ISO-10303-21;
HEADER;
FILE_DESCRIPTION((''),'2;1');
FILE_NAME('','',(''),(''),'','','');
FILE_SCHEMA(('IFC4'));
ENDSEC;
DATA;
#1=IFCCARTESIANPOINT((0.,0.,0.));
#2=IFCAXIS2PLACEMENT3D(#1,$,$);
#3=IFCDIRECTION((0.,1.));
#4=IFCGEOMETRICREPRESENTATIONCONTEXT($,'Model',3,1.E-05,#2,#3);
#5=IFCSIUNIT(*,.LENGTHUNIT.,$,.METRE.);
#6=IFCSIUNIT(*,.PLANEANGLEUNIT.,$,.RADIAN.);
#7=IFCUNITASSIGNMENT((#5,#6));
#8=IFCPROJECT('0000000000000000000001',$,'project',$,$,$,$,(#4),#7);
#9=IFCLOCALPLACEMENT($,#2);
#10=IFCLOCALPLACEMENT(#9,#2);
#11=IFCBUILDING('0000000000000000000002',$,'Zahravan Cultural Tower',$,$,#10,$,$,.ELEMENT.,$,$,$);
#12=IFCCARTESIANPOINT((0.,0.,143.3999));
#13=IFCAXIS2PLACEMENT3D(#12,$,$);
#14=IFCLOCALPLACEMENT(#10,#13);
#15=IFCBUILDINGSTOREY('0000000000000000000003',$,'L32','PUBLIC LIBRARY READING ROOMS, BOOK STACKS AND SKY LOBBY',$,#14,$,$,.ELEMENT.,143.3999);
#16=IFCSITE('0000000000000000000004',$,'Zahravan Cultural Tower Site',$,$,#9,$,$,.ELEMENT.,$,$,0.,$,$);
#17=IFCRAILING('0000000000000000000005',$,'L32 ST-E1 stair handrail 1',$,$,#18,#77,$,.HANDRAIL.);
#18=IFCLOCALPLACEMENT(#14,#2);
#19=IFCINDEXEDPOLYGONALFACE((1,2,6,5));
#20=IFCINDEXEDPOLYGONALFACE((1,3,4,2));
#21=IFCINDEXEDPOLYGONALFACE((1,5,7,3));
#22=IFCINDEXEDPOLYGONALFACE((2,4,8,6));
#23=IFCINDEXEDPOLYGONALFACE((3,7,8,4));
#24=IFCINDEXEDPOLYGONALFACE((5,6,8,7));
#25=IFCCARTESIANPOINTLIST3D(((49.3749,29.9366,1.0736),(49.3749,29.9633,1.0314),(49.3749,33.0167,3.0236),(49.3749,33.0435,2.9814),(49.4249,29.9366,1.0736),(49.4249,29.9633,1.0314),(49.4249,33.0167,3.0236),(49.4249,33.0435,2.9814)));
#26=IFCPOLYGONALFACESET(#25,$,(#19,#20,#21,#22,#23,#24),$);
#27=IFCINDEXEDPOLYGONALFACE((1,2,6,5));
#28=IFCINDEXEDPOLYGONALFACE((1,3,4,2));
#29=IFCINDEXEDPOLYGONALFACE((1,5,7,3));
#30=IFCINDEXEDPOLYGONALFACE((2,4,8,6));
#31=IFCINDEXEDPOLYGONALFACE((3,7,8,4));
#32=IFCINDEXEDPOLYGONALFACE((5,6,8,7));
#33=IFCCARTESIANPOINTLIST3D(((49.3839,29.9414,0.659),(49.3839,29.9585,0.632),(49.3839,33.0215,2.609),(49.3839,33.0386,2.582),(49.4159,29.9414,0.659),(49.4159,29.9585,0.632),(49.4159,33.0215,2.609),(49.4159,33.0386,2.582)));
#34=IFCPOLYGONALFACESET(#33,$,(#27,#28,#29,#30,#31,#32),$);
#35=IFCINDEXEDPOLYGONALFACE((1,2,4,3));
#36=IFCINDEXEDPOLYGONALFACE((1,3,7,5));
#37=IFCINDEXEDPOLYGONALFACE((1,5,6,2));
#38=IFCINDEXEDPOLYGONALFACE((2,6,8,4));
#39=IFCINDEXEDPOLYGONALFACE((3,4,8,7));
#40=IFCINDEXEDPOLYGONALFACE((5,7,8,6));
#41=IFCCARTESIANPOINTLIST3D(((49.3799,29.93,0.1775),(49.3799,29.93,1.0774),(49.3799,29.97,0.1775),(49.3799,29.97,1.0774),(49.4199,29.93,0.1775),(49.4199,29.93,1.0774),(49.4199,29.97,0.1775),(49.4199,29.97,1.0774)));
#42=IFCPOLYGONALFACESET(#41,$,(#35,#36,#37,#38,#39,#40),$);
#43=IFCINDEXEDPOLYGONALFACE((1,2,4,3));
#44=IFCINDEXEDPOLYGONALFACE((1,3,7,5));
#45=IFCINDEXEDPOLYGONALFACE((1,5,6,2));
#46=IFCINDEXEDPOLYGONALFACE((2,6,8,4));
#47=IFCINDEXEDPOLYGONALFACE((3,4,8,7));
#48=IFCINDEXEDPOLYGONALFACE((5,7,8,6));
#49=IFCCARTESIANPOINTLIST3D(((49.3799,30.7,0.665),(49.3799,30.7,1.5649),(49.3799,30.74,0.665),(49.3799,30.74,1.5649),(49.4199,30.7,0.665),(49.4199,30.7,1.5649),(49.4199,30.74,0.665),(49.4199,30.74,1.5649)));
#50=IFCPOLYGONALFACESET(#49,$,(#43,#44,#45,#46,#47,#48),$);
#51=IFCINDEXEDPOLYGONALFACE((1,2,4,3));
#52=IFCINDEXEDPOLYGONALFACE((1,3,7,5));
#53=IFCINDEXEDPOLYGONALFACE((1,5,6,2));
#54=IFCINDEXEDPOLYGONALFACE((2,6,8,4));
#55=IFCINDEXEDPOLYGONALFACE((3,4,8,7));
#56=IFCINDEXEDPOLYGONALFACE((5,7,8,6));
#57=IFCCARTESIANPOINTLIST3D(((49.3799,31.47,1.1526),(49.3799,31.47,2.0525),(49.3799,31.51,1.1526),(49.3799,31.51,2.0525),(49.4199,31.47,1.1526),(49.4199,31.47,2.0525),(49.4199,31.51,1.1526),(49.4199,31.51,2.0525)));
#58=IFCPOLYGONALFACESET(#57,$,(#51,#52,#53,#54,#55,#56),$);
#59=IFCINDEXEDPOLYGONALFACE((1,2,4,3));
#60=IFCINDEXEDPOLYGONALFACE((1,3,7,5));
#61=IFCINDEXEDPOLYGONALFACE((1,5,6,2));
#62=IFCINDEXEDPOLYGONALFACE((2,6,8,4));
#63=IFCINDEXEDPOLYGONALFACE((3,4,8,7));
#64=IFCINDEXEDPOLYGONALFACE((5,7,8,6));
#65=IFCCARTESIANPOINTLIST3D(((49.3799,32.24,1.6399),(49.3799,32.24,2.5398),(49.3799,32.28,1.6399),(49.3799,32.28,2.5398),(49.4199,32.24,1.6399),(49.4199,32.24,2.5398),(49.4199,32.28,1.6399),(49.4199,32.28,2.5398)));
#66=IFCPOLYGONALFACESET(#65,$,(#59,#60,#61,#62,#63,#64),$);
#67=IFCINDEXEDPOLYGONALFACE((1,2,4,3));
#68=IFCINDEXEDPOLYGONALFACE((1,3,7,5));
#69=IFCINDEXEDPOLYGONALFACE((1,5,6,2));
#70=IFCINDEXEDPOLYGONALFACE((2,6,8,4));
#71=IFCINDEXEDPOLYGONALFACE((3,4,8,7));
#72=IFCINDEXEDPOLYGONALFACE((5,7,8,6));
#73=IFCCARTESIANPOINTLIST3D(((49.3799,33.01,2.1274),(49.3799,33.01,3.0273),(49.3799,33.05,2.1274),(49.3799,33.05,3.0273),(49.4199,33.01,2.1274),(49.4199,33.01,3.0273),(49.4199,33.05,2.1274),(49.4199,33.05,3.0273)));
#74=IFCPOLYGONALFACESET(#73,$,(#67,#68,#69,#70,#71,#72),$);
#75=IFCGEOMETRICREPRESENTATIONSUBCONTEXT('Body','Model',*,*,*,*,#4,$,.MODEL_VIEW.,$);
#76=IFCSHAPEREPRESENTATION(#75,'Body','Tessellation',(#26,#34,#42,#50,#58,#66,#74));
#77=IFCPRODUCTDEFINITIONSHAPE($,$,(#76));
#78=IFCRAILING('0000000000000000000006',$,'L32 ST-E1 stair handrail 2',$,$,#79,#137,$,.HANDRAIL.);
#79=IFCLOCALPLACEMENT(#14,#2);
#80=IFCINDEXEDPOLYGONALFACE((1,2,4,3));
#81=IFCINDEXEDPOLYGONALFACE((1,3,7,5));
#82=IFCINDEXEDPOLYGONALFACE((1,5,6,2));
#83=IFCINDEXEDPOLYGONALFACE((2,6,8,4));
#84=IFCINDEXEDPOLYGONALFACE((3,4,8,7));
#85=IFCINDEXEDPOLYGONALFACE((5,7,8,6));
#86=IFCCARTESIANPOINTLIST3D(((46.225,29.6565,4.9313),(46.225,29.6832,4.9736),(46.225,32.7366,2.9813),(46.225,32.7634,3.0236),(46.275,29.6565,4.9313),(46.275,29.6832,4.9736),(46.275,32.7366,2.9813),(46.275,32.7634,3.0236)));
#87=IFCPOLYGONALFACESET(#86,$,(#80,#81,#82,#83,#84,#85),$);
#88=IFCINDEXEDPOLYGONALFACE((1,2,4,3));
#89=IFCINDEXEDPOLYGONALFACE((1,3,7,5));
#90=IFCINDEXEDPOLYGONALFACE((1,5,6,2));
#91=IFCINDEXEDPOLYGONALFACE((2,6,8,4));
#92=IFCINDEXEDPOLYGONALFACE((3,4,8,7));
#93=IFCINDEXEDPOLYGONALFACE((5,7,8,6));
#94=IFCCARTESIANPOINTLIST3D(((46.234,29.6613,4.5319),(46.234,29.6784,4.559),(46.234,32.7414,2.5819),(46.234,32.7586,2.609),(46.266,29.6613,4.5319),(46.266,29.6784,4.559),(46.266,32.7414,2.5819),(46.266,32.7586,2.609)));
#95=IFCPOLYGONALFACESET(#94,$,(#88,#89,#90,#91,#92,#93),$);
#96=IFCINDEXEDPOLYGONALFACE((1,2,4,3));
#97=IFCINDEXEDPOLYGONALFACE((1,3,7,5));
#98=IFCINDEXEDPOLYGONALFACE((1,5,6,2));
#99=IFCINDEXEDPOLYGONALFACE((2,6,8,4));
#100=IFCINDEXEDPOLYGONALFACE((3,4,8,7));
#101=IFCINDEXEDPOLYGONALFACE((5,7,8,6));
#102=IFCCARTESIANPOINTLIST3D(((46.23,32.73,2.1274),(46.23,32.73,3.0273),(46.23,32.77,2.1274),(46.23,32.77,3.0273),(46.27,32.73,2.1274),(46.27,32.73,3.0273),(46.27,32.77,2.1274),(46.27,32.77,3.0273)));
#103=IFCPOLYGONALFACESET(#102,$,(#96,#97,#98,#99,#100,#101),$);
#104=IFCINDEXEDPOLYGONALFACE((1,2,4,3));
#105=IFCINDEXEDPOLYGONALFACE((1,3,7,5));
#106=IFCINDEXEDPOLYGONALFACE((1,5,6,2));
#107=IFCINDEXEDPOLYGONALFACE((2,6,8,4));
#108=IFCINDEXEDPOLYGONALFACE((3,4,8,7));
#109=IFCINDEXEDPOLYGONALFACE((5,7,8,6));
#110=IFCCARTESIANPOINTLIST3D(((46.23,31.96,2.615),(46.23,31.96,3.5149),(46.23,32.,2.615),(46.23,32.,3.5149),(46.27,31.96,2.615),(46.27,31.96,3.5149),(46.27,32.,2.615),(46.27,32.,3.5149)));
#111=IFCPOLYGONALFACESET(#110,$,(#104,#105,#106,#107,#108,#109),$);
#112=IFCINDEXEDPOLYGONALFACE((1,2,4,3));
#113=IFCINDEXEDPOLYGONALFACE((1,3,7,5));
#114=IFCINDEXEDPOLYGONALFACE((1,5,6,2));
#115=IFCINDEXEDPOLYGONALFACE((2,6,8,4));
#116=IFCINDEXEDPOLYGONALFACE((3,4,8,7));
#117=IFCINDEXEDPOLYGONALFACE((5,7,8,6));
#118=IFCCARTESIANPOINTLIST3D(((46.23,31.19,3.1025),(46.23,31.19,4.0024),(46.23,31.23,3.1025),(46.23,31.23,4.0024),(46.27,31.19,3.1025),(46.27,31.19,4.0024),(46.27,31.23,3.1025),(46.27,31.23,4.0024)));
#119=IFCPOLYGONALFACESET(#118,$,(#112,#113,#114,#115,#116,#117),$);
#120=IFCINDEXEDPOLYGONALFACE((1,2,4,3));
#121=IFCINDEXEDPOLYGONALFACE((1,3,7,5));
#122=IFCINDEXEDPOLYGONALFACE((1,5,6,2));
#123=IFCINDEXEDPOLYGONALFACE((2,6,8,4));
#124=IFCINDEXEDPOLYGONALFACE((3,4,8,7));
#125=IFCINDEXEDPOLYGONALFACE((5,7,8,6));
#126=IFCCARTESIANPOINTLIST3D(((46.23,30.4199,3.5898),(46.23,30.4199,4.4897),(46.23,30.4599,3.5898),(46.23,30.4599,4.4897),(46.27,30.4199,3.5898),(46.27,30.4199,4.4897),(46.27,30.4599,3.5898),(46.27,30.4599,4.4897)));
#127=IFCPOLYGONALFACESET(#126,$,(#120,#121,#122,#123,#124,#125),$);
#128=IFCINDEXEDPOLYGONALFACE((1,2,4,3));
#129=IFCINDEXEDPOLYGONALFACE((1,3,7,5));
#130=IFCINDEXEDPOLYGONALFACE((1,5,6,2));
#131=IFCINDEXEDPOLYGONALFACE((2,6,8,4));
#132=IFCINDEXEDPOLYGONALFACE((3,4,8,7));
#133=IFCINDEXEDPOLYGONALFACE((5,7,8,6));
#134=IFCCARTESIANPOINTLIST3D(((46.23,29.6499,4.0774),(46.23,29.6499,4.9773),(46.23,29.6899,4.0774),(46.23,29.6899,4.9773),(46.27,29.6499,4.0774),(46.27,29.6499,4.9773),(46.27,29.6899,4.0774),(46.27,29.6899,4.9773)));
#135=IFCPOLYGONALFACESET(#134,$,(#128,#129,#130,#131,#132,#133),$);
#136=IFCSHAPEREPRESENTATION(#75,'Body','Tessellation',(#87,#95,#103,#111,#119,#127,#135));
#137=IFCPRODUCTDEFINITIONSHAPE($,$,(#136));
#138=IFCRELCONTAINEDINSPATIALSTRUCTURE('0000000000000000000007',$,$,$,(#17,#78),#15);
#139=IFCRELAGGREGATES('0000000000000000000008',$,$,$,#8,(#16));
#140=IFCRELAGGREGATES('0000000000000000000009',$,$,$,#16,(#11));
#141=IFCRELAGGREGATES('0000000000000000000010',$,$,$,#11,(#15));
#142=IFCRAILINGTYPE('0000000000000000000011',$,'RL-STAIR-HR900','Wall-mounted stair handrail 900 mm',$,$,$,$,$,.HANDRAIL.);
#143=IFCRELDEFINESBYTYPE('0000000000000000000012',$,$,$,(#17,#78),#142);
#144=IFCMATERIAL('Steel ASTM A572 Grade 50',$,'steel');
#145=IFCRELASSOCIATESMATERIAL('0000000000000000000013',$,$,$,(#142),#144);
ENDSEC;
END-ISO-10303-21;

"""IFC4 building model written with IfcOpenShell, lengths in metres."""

from ifc_helpers import new_model, si_unit, direction, frame, origin, origin_2d, place, context, subcontext, project, spatial, rectangle, extrude, material, type_object, element, save


model = new_model("IFC4")

# Units and contexts
model_context = context("Model", 3, precision=1e-05, world=origin(), true_north=direction((0.0, 1.0)))
body_context = subcontext(model_context, "Body", "Model", "MODEL_VIEW")
ifc_project = project(units=[si_unit("LENGTHUNIT", "METRE"), si_unit("PLANEANGLEUNIT", "RADIAN")], contexts=[model_context])

# Site, building, storey
site_placement = place(None, origin())
site = spatial("IfcSite", under=ifc_project, at=site_placement, Name="Zahravan Cultural Tower Site", CompositionType="ELEMENT", RefElevation=0.0)
building_placement = place(site_placement, origin())
building = spatial("IfcBuilding", under=site, at=building_placement, Name="Zahravan Cultural Tower", CompositionType="ELEMENT")
storey_placement = place(building_placement, frame((0.0, 0.0, 143.3999)))
storey = spatial("IfcBuildingStorey", under=building, at=storey_placement, Name="L32", Description="PUBLIC LIBRARY READING ROOMS, BOOK STACKS AND SKY LOBBY", CompositionType="ELEMENT", Elevation=143.3999)

# Shared definitions
ifc_material_1 = material(Name="Steel ASTM A572 Grade 50", Category="steel")

# Railings
railing_type_1 = type_object("IfcRailingType", Name="RL-STAIR-HR900", Description="Wall-mounted stair handrail 900 mm", PredefinedType="HANDRAIL", material=ifc_material_1)
railing_1_placement = place(storey_placement, frame((49.3999, 29.95, 0.1775)))
element("IfcRailing", 1, at=railing_1_placement, inside=storey, type_object=railing_type_1, Name="L32 ST-E1 stair handrail 1", PredefinedType="HANDRAIL", context=body_context, shape_type="SweptSolid", body=[
    extrude(rectangle(XDim=0.05, YDim=0.05, at=origin_2d()), frame((0.0, 0.0, 0.875), z_axis=(0.0, 0.844914, 0.534902), x_axis=(-1.0, 0.0, 0.0)), (0.0, 0.0, 1.0), 3.6455),
    extrude(rectangle(XDim=0.032, YDim=0.032, at=origin_2d()), frame((0.0, 0.0, 0.468), z_axis=(0.0, 0.844914, 0.534902), x_axis=(-1.0, 0.0, 0.0)), (0.0, 0.0, 1.0), 3.6455),
    extrude(rectangle(XDim=0.04, YDim=0.04, at=origin_2d()), origin(), (0.0, 0.0, 1.0), 0.8999),
    extrude(rectangle(XDim=0.04, YDim=0.04, at=origin_2d()), frame((0.0, 0.77, 0.4875)), (0.0, 0.0, 1.0), 0.8999),
    extrude(rectangle(XDim=0.04, YDim=0.04, at=origin_2d()), frame((0.0, 1.54, 0.9751)), (0.0, 0.0, 1.0), 0.8999),
    extrude(rectangle(XDim=0.04, YDim=0.04, at=origin_2d()), frame((0.0, 2.3101, 1.4624)), (0.0, 0.0, 1.0), 0.8999),
    extrude(rectangle(XDim=0.04, YDim=0.04, at=origin_2d()), frame((0.0, 3.0801, 1.95)), (0.0, 0.0, 1.0), 0.8999),
])
railing_2_placement = place(storey_placement, frame((46.25, 32.75, 2.1274)))
element("IfcRailing", 2, at=railing_2_placement, inside=storey, type_object=railing_type_1, Name="L32 ST-E1 stair handrail 2", PredefinedType="HANDRAIL", context=body_context, shape_type="SweptSolid", body=[
    extrude(rectangle(XDim=0.05, YDim=0.05, at=origin_2d()), frame((0.0, 0.0, 0.875), z_axis=(0.0, -0.844914, 0.534902), x_axis=(1.0, 0.0, 0.0)), (0.0, 0.0, 1.0), 3.6455),
    extrude(rectangle(XDim=0.032, YDim=0.032, at=origin_2d()), frame((0.0, 0.0, 0.468), z_axis=(0.0, -0.844914, 0.534902), x_axis=(1.0, 0.0, 0.0)), (0.0, 0.0, 1.0), 3.6455),
    extrude(rectangle(XDim=0.04, YDim=0.04, at=origin_2d()), origin(), (0.0, 0.0, 1.0), 0.8999),
    extrude(rectangle(XDim=0.04, YDim=0.04, at=origin_2d()), frame((0.0, -0.77, 0.4875)), (0.0, 0.0, 1.0), 0.8999),
    extrude(rectangle(XDim=0.04, YDim=0.04, at=origin_2d()), frame((0.0, -1.54, 0.9751)), (0.0, 0.0, 1.0), 0.8999),
    extrude(rectangle(XDim=0.04, YDim=0.04, at=origin_2d()), frame((0.0, -2.3101, 1.4624)), (0.0, 0.0, 1.0), 0.8999),
    extrude(rectangle(XDim=0.04, YDim=0.04, at=origin_2d()), frame((0.0, -3.0801, 1.95)), (0.0, 0.0, 1.0), 0.8999),
])

save(model, "model.ifc")
